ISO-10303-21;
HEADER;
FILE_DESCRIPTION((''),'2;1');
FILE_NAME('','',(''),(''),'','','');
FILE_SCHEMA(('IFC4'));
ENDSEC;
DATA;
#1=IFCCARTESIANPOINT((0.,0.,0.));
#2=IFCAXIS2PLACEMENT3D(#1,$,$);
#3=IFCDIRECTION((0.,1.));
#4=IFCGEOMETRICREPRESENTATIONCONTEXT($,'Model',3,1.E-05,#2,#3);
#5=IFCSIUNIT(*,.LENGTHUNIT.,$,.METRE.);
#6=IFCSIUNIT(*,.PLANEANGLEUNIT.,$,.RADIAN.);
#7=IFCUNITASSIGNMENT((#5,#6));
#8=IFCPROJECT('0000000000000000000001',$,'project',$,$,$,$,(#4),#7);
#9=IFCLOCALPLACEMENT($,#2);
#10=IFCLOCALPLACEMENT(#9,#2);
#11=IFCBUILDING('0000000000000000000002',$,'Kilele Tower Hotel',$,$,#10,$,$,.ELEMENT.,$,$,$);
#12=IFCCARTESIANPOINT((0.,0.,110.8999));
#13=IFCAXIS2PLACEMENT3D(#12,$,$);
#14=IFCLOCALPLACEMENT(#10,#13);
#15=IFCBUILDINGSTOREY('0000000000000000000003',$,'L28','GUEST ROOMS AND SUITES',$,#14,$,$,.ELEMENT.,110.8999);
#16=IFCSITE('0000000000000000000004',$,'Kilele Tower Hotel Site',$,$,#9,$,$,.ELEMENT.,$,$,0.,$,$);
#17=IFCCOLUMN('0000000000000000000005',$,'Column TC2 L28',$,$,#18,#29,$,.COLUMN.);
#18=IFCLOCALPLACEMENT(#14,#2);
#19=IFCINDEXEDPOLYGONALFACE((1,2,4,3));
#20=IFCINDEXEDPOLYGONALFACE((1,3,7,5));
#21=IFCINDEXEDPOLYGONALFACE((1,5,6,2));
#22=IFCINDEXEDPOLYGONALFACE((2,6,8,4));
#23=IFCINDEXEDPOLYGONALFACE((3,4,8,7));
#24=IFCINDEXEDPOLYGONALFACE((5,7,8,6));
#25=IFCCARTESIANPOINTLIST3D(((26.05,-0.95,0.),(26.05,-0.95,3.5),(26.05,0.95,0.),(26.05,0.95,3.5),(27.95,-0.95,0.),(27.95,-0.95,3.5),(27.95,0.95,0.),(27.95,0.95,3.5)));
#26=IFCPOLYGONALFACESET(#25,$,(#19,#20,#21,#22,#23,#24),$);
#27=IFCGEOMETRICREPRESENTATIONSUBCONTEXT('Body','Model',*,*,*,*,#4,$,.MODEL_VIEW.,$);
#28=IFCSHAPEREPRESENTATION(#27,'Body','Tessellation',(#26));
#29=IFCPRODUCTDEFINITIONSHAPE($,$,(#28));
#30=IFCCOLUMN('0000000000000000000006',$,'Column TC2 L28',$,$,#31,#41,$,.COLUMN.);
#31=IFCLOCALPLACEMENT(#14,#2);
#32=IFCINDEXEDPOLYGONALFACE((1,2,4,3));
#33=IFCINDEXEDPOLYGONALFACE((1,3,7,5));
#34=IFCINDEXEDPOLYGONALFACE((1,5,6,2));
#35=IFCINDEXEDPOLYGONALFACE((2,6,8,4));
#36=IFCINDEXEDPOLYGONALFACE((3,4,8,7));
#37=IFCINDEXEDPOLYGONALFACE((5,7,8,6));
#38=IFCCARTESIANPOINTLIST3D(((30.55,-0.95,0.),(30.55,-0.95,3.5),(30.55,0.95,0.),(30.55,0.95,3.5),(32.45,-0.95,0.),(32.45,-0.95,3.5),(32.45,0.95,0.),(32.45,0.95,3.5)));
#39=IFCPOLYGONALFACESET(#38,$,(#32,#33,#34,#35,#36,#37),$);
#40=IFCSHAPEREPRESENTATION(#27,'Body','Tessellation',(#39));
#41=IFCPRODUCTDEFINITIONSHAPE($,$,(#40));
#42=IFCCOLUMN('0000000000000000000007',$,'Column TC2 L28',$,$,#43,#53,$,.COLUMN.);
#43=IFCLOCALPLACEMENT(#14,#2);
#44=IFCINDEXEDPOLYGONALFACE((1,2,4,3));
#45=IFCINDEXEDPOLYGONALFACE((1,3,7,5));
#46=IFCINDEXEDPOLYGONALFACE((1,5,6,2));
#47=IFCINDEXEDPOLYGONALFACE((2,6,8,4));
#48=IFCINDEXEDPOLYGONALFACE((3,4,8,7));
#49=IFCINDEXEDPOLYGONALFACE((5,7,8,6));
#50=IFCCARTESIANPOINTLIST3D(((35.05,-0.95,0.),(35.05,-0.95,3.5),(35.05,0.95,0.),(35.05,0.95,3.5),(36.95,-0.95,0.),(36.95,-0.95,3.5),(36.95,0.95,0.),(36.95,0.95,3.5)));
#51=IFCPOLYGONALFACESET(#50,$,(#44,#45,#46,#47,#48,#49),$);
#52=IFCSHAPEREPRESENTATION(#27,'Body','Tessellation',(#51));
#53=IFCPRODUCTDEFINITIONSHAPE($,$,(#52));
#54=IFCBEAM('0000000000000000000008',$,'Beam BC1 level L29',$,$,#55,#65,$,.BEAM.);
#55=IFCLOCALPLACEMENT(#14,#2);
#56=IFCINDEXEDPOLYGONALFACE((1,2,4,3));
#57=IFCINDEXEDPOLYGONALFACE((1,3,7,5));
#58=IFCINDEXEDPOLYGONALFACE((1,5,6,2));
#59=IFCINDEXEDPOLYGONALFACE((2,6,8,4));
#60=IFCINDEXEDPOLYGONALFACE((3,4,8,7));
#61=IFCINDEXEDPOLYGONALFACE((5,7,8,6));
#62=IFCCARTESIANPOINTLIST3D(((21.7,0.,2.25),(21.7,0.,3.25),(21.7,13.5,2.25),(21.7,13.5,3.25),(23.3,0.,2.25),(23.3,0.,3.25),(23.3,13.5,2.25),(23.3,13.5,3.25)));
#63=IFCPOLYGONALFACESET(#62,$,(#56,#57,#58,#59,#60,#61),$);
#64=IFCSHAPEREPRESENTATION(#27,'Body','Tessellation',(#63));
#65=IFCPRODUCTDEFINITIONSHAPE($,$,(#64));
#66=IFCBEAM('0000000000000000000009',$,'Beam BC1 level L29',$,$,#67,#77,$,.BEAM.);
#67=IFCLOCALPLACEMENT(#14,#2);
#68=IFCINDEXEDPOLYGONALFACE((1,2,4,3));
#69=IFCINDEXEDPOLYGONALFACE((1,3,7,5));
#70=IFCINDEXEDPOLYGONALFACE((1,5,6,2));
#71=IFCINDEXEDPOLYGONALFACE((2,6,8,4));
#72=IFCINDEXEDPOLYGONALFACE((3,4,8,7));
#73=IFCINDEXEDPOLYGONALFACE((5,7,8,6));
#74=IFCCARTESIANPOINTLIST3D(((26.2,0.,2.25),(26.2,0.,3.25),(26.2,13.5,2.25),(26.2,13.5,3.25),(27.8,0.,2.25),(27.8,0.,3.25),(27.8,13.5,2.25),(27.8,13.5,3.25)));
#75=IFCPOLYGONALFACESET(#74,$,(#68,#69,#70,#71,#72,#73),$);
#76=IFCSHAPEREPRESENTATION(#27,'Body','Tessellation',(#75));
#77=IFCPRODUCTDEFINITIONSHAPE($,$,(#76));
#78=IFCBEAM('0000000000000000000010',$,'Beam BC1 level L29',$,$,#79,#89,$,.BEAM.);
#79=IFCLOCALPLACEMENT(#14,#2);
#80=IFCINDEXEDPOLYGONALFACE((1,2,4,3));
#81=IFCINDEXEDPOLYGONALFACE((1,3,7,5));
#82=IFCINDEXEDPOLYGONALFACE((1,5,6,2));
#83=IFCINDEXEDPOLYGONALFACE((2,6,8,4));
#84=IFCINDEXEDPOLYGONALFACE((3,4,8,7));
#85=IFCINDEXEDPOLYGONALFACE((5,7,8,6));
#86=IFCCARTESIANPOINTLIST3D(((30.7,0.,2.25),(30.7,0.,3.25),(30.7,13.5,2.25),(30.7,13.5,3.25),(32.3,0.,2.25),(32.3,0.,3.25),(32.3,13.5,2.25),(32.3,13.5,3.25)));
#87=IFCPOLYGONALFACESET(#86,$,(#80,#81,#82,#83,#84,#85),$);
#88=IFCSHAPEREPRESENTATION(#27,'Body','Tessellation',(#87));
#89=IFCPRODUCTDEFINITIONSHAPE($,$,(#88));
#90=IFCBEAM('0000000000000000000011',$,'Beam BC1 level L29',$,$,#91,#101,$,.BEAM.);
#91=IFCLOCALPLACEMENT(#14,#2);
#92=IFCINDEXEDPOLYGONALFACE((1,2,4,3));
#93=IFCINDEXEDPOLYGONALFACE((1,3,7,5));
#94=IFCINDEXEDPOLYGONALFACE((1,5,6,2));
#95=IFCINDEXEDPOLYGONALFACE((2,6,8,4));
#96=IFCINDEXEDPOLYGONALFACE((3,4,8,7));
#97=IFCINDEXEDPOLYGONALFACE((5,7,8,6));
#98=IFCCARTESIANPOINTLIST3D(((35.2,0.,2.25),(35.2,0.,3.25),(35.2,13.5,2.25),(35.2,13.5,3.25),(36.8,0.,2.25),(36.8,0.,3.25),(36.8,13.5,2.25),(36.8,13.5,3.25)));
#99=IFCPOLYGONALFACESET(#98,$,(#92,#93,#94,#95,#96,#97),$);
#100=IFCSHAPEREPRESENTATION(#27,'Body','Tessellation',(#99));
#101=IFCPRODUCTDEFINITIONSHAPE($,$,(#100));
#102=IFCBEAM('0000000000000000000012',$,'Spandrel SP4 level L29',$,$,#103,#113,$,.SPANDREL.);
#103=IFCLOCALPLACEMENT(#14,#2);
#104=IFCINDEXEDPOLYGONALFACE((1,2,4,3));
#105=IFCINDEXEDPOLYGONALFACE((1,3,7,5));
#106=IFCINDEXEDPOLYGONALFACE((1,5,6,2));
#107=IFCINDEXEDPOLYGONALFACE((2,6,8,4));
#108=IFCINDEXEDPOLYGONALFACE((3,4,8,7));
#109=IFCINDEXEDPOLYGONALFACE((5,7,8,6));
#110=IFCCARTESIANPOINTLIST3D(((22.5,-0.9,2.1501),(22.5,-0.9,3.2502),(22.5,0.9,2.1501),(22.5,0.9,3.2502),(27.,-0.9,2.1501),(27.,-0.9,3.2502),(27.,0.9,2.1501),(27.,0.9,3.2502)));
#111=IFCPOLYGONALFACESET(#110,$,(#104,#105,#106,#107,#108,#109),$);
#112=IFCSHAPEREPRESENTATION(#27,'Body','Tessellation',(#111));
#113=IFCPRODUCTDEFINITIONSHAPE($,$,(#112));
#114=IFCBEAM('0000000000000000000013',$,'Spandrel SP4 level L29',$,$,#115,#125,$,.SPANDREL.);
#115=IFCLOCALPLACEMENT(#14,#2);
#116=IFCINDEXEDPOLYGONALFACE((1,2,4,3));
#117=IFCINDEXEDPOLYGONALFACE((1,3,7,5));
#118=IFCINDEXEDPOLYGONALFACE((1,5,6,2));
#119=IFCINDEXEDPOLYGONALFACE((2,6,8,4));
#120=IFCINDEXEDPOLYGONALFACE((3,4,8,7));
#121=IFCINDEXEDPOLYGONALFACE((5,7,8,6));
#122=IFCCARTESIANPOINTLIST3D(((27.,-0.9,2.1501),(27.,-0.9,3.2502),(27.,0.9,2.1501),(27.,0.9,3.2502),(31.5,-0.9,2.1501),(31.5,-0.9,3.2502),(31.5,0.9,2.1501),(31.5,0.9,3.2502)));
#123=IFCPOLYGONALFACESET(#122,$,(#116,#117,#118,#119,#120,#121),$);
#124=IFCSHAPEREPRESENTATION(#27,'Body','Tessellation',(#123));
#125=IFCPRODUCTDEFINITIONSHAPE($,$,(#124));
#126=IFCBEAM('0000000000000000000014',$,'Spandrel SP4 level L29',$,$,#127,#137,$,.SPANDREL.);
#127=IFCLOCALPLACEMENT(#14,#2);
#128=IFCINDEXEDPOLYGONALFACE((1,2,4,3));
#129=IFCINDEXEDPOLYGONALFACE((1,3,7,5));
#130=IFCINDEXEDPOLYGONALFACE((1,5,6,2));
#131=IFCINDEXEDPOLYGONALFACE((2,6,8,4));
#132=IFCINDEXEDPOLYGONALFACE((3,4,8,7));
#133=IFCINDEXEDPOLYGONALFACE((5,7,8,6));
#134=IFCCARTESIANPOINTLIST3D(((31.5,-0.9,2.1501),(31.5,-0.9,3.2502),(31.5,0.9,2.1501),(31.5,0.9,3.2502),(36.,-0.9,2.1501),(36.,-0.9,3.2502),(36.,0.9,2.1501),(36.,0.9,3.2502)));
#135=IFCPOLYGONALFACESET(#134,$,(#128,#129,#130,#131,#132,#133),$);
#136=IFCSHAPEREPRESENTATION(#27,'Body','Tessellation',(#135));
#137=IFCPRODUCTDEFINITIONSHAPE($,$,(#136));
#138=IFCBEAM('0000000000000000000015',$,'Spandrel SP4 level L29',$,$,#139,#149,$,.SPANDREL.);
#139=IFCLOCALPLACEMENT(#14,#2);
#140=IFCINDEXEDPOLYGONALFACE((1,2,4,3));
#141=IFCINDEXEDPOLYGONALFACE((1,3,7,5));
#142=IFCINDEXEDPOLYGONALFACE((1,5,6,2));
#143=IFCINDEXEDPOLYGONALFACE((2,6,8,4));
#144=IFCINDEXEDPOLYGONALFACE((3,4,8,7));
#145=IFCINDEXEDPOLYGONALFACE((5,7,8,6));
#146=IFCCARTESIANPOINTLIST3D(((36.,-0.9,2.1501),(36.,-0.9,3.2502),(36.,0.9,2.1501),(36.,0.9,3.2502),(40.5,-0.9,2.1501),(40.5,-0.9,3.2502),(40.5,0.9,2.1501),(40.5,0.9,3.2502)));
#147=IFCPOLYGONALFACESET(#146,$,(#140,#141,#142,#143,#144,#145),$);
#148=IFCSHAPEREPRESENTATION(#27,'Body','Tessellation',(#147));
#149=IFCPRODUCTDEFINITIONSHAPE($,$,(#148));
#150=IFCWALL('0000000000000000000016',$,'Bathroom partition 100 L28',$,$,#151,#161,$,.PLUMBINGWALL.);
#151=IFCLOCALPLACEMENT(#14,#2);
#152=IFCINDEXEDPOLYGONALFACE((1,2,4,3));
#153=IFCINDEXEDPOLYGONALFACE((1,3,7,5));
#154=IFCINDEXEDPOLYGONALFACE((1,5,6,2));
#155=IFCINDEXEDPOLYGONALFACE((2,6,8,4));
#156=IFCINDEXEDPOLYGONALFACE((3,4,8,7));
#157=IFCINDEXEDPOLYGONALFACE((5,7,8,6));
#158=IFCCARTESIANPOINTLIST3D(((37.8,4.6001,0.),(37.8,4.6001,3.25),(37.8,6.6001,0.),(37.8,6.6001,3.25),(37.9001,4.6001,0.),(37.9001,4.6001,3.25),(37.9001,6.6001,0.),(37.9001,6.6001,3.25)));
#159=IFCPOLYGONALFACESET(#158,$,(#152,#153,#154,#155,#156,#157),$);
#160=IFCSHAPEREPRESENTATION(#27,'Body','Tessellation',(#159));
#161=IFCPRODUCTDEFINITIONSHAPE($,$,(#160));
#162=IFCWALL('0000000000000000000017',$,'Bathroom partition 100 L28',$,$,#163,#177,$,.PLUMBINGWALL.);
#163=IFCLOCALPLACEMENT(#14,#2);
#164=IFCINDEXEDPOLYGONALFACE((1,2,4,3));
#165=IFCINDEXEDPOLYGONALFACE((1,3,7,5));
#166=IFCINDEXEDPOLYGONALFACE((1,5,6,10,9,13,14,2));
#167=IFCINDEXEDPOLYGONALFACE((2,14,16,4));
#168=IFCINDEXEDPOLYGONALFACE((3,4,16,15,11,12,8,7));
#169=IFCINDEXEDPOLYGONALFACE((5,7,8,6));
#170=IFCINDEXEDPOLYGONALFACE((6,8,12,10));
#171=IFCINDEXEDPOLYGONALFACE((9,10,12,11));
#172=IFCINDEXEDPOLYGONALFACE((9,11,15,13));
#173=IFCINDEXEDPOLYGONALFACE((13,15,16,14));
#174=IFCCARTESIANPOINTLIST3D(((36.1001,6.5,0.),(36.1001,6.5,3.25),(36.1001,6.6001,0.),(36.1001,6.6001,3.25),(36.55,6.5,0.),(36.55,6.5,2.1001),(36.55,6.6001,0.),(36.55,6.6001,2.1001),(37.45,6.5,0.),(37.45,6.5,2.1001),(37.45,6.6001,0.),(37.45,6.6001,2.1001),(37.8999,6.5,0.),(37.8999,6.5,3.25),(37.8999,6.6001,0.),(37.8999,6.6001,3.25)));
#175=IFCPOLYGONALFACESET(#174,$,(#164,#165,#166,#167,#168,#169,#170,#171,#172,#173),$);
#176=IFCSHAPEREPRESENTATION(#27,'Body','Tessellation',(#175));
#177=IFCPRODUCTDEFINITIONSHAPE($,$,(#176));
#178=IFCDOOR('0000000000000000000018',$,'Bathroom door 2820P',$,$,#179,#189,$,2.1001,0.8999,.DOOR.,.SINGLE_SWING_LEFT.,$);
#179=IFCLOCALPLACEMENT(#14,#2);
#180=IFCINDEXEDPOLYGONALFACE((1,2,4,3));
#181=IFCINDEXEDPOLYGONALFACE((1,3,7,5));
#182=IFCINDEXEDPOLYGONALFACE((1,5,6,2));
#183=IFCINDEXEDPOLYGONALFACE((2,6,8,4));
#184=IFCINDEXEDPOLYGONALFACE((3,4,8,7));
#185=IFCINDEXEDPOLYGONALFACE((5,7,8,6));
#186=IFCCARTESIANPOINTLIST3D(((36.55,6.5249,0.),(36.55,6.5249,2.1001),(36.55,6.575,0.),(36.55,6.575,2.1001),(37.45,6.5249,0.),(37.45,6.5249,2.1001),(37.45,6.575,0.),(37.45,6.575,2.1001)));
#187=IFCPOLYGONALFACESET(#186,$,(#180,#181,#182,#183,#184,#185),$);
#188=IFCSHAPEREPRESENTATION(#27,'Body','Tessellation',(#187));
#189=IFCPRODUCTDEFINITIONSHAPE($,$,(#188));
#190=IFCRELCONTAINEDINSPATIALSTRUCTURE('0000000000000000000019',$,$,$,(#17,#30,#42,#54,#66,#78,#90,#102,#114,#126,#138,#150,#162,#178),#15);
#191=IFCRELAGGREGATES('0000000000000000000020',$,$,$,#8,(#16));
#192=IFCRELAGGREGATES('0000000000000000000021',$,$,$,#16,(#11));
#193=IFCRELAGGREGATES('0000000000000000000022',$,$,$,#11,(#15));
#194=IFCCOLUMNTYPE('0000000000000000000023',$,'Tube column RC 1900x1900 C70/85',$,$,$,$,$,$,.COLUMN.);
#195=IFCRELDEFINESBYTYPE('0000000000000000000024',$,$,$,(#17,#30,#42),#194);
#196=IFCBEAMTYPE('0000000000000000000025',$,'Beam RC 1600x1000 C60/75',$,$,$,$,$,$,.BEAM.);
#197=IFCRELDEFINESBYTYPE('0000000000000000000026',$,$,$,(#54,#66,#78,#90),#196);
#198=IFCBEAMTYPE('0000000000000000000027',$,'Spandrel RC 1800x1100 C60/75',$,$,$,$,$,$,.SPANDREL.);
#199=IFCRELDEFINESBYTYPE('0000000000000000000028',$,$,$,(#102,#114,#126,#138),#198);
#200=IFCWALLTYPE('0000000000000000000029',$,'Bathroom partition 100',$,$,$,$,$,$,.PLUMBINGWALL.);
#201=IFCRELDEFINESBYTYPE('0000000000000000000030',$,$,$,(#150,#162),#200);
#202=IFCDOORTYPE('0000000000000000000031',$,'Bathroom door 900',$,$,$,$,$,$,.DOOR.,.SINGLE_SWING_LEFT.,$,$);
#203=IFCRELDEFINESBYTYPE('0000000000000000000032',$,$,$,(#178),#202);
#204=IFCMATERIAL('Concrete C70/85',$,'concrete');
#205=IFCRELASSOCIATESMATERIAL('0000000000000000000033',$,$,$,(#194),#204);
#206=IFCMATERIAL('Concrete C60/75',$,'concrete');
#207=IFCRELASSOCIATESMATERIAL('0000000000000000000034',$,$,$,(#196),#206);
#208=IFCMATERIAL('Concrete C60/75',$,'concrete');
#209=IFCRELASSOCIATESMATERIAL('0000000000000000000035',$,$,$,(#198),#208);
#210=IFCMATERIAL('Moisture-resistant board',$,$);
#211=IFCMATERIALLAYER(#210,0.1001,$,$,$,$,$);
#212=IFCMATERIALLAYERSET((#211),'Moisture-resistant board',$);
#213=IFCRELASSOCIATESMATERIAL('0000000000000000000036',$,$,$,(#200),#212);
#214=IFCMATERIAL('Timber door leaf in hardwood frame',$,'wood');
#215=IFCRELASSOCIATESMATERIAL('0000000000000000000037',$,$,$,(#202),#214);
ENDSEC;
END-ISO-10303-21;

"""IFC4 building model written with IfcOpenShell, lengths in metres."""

from ifc_helpers import new_model, si_unit, direction, frame, frame_2d, origin, origin_2d, place, context, subcontext, project, spatial, rectangle, extrude, material, layer, layer_set, material_profile, profile_set, type_object, element, fill, save


model = new_model("IFC4")

# Units and contexts
model_context = context("Model", 3, precision=1e-05, world=origin(), true_north=direction((0.0, 1.0)))
body_context = subcontext(model_context, "Body", "Model", "MODEL_VIEW")
ifc_project = project(units=[si_unit("LENGTHUNIT", "METRE"), si_unit("PLANEANGLEUNIT", "RADIAN")], contexts=[model_context])

# Site, building, storey
site_placement = place(None, origin())
site = spatial("IfcSite", under=ifc_project, at=site_placement, Name="Kilele Tower Hotel Site", CompositionType="ELEMENT", RefElevation=0.0)
building_placement = place(site_placement, origin())
building = spatial("IfcBuilding", under=site, at=building_placement, Name="Kilele Tower Hotel", CompositionType="ELEMENT")
storey_placement = place(building_placement, frame((0.0, 0.0, 110.8999)))
storey = spatial("IfcBuildingStorey", under=building, at=storey_placement, Name="L28", Description="GUEST ROOMS AND SUITES", CompositionType="ELEMENT", Elevation=110.8999)

# Columns
ifc_material_1 = material(Name="Concrete C70/85", Category="concrete")
ifc_material_profile_1 = material_profile(ifc_material_1, rectangle(XDim=1.8999, YDim=1.8999, at=origin_2d()))
ifc_profile_set_1 = profile_set([ifc_material_profile_1], Name="Concrete C70/85")
column_type = type_object("IfcColumnType", Name="Tube column RC 1900x1900 C70/85", PredefinedType="COLUMN", material=ifc_profile_set_1)
for number, where, z_axis, x_axis, name in (
    (1, (27.0, 0.0, 0.0), (0.0, 0.0, 1.0), (1.0, 0.0, 0.0), "Column TC2 L28"),
    (2, (31.5, 0.0, 0.0), (0.0, 0.0, 1.0), (1.0, 0.0, 0.0), "Column TC2 L28"),
    (3, (36.0, 0.0, 0.0), (0.0, 0.0, 1.0), (1.0, 0.0, 0.0), "Column TC2 L28"),
):
    element("IfcColumn", number, at=place(storey_placement, frame(where, z_axis=z_axis, x_axis=x_axis)), inside=storey, type_object=column_type, Name=name, PredefinedType="COLUMN", context=body_context, shape_type="SweptSolid", body=[
        extrude(rectangle(XDim=1.8999, YDim=1.8999, at=origin_2d()), origin(), (0.0, 0.0, 1.0), 3.5),
    ])

# Beams
ifc_material_2 = material(Name="Concrete C60/75", Category="concrete")
ifc_material_profile_2 = material_profile(ifc_material_2, rectangle(XDim=1.6001, YDim=1.0, at=origin_2d()))
ifc_profile_set_2 = profile_set([ifc_material_profile_2], Name="Concrete C60/75")
beam_type_1 = type_object("IfcBeamType", Name="Beam RC 1600x1000 C60/75", PredefinedType="BEAM", material=ifc_profile_set_2)
for number, where, z_axis, x_axis, name in (
    (4, (22.5, 0.0, 2.75), (0.0, 1.0, 0.0), (-1.0, 0.0, 0.0), "Beam BC1 level L29"),
    (5, (27.0, 0.0, 2.75), (0.0, 1.0, 0.0), (-1.0, 0.0, 0.0), "Beam BC1 level L29"),
    (6, (31.5, 0.0, 2.75), (0.0, 1.0, 0.0), (-1.0, 0.0, 0.0), "Beam BC1 level L29"),
    (7, (36.0, 0.0, 2.75), (0.0, 1.0, 0.0), (-1.0, 0.0, 0.0), "Beam BC1 level L29"),
):
    element("IfcBeam", number, at=place(storey_placement, frame(where, z_axis=z_axis, x_axis=x_axis)), inside=storey, type_object=beam_type_1, Name=name, PredefinedType="BEAM", context=body_context, shape_type="SweptSolid", body=[
        extrude(rectangle(XDim=1.6001, YDim=1.0, at=origin_2d()), origin(), (0.0, 0.0, 1.0), 13.5),
    ])
ifc_material_3 = material(Name="Concrete C60/75", Category="concrete")
ifc_material_profile_3 = material_profile(ifc_material_3, rectangle(XDim=1.8, YDim=1.1001, at=origin_2d()))
ifc_profile_set_3 = profile_set([ifc_material_profile_3], Name="Concrete C60/75")
beam_type_2 = type_object("IfcBeamType", Name="Spandrel RC 1800x1100 C60/75", PredefinedType="SPANDREL", material=ifc_profile_set_3)
for number, where, z_axis, x_axis, name in (
    (8, (22.5, 0.0, 2.7002), (1.0, 0.0, 0.0), (0.0, 1.0, 0.0), "Spandrel SP4 level L29"),
    (9, (27.0, 0.0, 2.7002), (1.0, 0.0, 0.0), (0.0, 1.0, 0.0), "Spandrel SP4 level L29"),
    (10, (31.5, 0.0, 2.7002), (1.0, 0.0, 0.0), (0.0, 1.0, 0.0), "Spandrel SP4 level L29"),
    (11, (36.0, 0.0, 2.7002), (1.0, 0.0, 0.0), (0.0, 1.0, 0.0), "Spandrel SP4 level L29"),
):
    element("IfcBeam", number, at=place(storey_placement, frame(where, z_axis=z_axis, x_axis=x_axis)), inside=storey, type_object=beam_type_2, Name=name, PredefinedType="SPANDREL", context=body_context, shape_type="SweptSolid", body=[
        extrude(rectangle(XDim=1.8, YDim=1.1001, at=origin_2d()), origin(), (0.0, 0.0, 1.0), 4.5),
    ])

# Wall
ifc_material_4 = material(Name="Moisture-resistant board")
ifc_layer_1 = layer(ifc_material_4, 0.1001)
ifc_layer_set_1 = layer_set([ifc_layer_1], Name="Moisture-resistant board")
wall_type_1 = type_object("IfcWallType", Name="Bathroom partition 100", PredefinedType="PLUMBINGWALL", material=ifc_layer_set_1)
wall_1_placement = place(storey_placement, frame((37.8501, 4.6001, 0.0), z_axis=(0.0, 0.0, 1.0), x_axis=(0.0, 1.0, 0.0)))
element("IfcWall", 12, at=wall_1_placement, inside=storey, type_object=wall_type_1, Name="Bathroom partition 100 L28", PredefinedType="PLUMBINGWALL", context=body_context, shape_type="SweptSolid", body=[
    extrude(rectangle(XDim=2.0, YDim=0.1001, at=frame_2d((1.0, 0.0))), origin(), (0.0, 0.0, 1.0), 3.25),
])

# Wall, opening, door
wall_2_placement = place(storey_placement, frame((36.1001, 6.55, 0.0), z_axis=(0.0, 0.0, 1.0), x_axis=(1.0, 0.0, 0.0)))
wall_2 = element("IfcWall", 13, at=wall_2_placement, inside=storey, type_object=wall_type_1, Name="Bathroom partition 100 L28", PredefinedType="PLUMBINGWALL", context=body_context, shape_type="SweptSolid", body=[
    extrude(rectangle(XDim=1.7998, YDim=0.1001, at=frame_2d((0.8999, 0.0))), origin(), (0.0, 0.0, 1.0), 3.25),
])
opening_1_placement = place(wall_2_placement, frame((0.45, 0.0, 0.0)))
opening_1 = element("IfcOpeningElement", 14, at=opening_1_placement, cuts=wall_2, PredefinedType="OPENING", context=body_context, shape_type="SweptSolid", body=[
    extrude(rectangle(XDim=0.8999, YDim=2.1001, at=frame_2d((0.45, 1.05))), frame((0.0, 0.0601, 0.0), z_axis=(0.0, -1.0, 0.0), x_axis=(1.0, 0.0, 0.0)), (0.0, 0.0, 1.0), 0.1201),
])
ifc_material_5 = material(Name="Timber door leaf in hardwood frame", Category="wood")
door_type_1 = type_object("IfcDoorType", Name="Bathroom door 900", OperationType="SINGLE_SWING_LEFT", PredefinedType="DOOR", material=ifc_material_5)
door_1_placement = place(opening_1_placement, origin())
door_1 = element("IfcDoor", 15, at=door_1_placement, inside=storey, type_object=door_type_1, Name="Bathroom door 2820P", OperationType="SINGLE_SWING_LEFT", OverallHeight=2.1001, OverallWidth=0.8999, PredefinedType="DOOR", context=body_context, shape_type="SweptSolid", body=[
    extrude(rectangle(XDim=0.8999, YDim=2.1001, at=frame_2d((0.45, 1.05))), frame((0.0, 0.0249, 0.0), z_axis=(0.0, -1.0, 0.0), x_axis=(1.0, 0.0, 0.0)), (0.0, 0.0, 1.0), 0.05),
])
fill(opening_1, door_1)

save(model, "model.ifc")
